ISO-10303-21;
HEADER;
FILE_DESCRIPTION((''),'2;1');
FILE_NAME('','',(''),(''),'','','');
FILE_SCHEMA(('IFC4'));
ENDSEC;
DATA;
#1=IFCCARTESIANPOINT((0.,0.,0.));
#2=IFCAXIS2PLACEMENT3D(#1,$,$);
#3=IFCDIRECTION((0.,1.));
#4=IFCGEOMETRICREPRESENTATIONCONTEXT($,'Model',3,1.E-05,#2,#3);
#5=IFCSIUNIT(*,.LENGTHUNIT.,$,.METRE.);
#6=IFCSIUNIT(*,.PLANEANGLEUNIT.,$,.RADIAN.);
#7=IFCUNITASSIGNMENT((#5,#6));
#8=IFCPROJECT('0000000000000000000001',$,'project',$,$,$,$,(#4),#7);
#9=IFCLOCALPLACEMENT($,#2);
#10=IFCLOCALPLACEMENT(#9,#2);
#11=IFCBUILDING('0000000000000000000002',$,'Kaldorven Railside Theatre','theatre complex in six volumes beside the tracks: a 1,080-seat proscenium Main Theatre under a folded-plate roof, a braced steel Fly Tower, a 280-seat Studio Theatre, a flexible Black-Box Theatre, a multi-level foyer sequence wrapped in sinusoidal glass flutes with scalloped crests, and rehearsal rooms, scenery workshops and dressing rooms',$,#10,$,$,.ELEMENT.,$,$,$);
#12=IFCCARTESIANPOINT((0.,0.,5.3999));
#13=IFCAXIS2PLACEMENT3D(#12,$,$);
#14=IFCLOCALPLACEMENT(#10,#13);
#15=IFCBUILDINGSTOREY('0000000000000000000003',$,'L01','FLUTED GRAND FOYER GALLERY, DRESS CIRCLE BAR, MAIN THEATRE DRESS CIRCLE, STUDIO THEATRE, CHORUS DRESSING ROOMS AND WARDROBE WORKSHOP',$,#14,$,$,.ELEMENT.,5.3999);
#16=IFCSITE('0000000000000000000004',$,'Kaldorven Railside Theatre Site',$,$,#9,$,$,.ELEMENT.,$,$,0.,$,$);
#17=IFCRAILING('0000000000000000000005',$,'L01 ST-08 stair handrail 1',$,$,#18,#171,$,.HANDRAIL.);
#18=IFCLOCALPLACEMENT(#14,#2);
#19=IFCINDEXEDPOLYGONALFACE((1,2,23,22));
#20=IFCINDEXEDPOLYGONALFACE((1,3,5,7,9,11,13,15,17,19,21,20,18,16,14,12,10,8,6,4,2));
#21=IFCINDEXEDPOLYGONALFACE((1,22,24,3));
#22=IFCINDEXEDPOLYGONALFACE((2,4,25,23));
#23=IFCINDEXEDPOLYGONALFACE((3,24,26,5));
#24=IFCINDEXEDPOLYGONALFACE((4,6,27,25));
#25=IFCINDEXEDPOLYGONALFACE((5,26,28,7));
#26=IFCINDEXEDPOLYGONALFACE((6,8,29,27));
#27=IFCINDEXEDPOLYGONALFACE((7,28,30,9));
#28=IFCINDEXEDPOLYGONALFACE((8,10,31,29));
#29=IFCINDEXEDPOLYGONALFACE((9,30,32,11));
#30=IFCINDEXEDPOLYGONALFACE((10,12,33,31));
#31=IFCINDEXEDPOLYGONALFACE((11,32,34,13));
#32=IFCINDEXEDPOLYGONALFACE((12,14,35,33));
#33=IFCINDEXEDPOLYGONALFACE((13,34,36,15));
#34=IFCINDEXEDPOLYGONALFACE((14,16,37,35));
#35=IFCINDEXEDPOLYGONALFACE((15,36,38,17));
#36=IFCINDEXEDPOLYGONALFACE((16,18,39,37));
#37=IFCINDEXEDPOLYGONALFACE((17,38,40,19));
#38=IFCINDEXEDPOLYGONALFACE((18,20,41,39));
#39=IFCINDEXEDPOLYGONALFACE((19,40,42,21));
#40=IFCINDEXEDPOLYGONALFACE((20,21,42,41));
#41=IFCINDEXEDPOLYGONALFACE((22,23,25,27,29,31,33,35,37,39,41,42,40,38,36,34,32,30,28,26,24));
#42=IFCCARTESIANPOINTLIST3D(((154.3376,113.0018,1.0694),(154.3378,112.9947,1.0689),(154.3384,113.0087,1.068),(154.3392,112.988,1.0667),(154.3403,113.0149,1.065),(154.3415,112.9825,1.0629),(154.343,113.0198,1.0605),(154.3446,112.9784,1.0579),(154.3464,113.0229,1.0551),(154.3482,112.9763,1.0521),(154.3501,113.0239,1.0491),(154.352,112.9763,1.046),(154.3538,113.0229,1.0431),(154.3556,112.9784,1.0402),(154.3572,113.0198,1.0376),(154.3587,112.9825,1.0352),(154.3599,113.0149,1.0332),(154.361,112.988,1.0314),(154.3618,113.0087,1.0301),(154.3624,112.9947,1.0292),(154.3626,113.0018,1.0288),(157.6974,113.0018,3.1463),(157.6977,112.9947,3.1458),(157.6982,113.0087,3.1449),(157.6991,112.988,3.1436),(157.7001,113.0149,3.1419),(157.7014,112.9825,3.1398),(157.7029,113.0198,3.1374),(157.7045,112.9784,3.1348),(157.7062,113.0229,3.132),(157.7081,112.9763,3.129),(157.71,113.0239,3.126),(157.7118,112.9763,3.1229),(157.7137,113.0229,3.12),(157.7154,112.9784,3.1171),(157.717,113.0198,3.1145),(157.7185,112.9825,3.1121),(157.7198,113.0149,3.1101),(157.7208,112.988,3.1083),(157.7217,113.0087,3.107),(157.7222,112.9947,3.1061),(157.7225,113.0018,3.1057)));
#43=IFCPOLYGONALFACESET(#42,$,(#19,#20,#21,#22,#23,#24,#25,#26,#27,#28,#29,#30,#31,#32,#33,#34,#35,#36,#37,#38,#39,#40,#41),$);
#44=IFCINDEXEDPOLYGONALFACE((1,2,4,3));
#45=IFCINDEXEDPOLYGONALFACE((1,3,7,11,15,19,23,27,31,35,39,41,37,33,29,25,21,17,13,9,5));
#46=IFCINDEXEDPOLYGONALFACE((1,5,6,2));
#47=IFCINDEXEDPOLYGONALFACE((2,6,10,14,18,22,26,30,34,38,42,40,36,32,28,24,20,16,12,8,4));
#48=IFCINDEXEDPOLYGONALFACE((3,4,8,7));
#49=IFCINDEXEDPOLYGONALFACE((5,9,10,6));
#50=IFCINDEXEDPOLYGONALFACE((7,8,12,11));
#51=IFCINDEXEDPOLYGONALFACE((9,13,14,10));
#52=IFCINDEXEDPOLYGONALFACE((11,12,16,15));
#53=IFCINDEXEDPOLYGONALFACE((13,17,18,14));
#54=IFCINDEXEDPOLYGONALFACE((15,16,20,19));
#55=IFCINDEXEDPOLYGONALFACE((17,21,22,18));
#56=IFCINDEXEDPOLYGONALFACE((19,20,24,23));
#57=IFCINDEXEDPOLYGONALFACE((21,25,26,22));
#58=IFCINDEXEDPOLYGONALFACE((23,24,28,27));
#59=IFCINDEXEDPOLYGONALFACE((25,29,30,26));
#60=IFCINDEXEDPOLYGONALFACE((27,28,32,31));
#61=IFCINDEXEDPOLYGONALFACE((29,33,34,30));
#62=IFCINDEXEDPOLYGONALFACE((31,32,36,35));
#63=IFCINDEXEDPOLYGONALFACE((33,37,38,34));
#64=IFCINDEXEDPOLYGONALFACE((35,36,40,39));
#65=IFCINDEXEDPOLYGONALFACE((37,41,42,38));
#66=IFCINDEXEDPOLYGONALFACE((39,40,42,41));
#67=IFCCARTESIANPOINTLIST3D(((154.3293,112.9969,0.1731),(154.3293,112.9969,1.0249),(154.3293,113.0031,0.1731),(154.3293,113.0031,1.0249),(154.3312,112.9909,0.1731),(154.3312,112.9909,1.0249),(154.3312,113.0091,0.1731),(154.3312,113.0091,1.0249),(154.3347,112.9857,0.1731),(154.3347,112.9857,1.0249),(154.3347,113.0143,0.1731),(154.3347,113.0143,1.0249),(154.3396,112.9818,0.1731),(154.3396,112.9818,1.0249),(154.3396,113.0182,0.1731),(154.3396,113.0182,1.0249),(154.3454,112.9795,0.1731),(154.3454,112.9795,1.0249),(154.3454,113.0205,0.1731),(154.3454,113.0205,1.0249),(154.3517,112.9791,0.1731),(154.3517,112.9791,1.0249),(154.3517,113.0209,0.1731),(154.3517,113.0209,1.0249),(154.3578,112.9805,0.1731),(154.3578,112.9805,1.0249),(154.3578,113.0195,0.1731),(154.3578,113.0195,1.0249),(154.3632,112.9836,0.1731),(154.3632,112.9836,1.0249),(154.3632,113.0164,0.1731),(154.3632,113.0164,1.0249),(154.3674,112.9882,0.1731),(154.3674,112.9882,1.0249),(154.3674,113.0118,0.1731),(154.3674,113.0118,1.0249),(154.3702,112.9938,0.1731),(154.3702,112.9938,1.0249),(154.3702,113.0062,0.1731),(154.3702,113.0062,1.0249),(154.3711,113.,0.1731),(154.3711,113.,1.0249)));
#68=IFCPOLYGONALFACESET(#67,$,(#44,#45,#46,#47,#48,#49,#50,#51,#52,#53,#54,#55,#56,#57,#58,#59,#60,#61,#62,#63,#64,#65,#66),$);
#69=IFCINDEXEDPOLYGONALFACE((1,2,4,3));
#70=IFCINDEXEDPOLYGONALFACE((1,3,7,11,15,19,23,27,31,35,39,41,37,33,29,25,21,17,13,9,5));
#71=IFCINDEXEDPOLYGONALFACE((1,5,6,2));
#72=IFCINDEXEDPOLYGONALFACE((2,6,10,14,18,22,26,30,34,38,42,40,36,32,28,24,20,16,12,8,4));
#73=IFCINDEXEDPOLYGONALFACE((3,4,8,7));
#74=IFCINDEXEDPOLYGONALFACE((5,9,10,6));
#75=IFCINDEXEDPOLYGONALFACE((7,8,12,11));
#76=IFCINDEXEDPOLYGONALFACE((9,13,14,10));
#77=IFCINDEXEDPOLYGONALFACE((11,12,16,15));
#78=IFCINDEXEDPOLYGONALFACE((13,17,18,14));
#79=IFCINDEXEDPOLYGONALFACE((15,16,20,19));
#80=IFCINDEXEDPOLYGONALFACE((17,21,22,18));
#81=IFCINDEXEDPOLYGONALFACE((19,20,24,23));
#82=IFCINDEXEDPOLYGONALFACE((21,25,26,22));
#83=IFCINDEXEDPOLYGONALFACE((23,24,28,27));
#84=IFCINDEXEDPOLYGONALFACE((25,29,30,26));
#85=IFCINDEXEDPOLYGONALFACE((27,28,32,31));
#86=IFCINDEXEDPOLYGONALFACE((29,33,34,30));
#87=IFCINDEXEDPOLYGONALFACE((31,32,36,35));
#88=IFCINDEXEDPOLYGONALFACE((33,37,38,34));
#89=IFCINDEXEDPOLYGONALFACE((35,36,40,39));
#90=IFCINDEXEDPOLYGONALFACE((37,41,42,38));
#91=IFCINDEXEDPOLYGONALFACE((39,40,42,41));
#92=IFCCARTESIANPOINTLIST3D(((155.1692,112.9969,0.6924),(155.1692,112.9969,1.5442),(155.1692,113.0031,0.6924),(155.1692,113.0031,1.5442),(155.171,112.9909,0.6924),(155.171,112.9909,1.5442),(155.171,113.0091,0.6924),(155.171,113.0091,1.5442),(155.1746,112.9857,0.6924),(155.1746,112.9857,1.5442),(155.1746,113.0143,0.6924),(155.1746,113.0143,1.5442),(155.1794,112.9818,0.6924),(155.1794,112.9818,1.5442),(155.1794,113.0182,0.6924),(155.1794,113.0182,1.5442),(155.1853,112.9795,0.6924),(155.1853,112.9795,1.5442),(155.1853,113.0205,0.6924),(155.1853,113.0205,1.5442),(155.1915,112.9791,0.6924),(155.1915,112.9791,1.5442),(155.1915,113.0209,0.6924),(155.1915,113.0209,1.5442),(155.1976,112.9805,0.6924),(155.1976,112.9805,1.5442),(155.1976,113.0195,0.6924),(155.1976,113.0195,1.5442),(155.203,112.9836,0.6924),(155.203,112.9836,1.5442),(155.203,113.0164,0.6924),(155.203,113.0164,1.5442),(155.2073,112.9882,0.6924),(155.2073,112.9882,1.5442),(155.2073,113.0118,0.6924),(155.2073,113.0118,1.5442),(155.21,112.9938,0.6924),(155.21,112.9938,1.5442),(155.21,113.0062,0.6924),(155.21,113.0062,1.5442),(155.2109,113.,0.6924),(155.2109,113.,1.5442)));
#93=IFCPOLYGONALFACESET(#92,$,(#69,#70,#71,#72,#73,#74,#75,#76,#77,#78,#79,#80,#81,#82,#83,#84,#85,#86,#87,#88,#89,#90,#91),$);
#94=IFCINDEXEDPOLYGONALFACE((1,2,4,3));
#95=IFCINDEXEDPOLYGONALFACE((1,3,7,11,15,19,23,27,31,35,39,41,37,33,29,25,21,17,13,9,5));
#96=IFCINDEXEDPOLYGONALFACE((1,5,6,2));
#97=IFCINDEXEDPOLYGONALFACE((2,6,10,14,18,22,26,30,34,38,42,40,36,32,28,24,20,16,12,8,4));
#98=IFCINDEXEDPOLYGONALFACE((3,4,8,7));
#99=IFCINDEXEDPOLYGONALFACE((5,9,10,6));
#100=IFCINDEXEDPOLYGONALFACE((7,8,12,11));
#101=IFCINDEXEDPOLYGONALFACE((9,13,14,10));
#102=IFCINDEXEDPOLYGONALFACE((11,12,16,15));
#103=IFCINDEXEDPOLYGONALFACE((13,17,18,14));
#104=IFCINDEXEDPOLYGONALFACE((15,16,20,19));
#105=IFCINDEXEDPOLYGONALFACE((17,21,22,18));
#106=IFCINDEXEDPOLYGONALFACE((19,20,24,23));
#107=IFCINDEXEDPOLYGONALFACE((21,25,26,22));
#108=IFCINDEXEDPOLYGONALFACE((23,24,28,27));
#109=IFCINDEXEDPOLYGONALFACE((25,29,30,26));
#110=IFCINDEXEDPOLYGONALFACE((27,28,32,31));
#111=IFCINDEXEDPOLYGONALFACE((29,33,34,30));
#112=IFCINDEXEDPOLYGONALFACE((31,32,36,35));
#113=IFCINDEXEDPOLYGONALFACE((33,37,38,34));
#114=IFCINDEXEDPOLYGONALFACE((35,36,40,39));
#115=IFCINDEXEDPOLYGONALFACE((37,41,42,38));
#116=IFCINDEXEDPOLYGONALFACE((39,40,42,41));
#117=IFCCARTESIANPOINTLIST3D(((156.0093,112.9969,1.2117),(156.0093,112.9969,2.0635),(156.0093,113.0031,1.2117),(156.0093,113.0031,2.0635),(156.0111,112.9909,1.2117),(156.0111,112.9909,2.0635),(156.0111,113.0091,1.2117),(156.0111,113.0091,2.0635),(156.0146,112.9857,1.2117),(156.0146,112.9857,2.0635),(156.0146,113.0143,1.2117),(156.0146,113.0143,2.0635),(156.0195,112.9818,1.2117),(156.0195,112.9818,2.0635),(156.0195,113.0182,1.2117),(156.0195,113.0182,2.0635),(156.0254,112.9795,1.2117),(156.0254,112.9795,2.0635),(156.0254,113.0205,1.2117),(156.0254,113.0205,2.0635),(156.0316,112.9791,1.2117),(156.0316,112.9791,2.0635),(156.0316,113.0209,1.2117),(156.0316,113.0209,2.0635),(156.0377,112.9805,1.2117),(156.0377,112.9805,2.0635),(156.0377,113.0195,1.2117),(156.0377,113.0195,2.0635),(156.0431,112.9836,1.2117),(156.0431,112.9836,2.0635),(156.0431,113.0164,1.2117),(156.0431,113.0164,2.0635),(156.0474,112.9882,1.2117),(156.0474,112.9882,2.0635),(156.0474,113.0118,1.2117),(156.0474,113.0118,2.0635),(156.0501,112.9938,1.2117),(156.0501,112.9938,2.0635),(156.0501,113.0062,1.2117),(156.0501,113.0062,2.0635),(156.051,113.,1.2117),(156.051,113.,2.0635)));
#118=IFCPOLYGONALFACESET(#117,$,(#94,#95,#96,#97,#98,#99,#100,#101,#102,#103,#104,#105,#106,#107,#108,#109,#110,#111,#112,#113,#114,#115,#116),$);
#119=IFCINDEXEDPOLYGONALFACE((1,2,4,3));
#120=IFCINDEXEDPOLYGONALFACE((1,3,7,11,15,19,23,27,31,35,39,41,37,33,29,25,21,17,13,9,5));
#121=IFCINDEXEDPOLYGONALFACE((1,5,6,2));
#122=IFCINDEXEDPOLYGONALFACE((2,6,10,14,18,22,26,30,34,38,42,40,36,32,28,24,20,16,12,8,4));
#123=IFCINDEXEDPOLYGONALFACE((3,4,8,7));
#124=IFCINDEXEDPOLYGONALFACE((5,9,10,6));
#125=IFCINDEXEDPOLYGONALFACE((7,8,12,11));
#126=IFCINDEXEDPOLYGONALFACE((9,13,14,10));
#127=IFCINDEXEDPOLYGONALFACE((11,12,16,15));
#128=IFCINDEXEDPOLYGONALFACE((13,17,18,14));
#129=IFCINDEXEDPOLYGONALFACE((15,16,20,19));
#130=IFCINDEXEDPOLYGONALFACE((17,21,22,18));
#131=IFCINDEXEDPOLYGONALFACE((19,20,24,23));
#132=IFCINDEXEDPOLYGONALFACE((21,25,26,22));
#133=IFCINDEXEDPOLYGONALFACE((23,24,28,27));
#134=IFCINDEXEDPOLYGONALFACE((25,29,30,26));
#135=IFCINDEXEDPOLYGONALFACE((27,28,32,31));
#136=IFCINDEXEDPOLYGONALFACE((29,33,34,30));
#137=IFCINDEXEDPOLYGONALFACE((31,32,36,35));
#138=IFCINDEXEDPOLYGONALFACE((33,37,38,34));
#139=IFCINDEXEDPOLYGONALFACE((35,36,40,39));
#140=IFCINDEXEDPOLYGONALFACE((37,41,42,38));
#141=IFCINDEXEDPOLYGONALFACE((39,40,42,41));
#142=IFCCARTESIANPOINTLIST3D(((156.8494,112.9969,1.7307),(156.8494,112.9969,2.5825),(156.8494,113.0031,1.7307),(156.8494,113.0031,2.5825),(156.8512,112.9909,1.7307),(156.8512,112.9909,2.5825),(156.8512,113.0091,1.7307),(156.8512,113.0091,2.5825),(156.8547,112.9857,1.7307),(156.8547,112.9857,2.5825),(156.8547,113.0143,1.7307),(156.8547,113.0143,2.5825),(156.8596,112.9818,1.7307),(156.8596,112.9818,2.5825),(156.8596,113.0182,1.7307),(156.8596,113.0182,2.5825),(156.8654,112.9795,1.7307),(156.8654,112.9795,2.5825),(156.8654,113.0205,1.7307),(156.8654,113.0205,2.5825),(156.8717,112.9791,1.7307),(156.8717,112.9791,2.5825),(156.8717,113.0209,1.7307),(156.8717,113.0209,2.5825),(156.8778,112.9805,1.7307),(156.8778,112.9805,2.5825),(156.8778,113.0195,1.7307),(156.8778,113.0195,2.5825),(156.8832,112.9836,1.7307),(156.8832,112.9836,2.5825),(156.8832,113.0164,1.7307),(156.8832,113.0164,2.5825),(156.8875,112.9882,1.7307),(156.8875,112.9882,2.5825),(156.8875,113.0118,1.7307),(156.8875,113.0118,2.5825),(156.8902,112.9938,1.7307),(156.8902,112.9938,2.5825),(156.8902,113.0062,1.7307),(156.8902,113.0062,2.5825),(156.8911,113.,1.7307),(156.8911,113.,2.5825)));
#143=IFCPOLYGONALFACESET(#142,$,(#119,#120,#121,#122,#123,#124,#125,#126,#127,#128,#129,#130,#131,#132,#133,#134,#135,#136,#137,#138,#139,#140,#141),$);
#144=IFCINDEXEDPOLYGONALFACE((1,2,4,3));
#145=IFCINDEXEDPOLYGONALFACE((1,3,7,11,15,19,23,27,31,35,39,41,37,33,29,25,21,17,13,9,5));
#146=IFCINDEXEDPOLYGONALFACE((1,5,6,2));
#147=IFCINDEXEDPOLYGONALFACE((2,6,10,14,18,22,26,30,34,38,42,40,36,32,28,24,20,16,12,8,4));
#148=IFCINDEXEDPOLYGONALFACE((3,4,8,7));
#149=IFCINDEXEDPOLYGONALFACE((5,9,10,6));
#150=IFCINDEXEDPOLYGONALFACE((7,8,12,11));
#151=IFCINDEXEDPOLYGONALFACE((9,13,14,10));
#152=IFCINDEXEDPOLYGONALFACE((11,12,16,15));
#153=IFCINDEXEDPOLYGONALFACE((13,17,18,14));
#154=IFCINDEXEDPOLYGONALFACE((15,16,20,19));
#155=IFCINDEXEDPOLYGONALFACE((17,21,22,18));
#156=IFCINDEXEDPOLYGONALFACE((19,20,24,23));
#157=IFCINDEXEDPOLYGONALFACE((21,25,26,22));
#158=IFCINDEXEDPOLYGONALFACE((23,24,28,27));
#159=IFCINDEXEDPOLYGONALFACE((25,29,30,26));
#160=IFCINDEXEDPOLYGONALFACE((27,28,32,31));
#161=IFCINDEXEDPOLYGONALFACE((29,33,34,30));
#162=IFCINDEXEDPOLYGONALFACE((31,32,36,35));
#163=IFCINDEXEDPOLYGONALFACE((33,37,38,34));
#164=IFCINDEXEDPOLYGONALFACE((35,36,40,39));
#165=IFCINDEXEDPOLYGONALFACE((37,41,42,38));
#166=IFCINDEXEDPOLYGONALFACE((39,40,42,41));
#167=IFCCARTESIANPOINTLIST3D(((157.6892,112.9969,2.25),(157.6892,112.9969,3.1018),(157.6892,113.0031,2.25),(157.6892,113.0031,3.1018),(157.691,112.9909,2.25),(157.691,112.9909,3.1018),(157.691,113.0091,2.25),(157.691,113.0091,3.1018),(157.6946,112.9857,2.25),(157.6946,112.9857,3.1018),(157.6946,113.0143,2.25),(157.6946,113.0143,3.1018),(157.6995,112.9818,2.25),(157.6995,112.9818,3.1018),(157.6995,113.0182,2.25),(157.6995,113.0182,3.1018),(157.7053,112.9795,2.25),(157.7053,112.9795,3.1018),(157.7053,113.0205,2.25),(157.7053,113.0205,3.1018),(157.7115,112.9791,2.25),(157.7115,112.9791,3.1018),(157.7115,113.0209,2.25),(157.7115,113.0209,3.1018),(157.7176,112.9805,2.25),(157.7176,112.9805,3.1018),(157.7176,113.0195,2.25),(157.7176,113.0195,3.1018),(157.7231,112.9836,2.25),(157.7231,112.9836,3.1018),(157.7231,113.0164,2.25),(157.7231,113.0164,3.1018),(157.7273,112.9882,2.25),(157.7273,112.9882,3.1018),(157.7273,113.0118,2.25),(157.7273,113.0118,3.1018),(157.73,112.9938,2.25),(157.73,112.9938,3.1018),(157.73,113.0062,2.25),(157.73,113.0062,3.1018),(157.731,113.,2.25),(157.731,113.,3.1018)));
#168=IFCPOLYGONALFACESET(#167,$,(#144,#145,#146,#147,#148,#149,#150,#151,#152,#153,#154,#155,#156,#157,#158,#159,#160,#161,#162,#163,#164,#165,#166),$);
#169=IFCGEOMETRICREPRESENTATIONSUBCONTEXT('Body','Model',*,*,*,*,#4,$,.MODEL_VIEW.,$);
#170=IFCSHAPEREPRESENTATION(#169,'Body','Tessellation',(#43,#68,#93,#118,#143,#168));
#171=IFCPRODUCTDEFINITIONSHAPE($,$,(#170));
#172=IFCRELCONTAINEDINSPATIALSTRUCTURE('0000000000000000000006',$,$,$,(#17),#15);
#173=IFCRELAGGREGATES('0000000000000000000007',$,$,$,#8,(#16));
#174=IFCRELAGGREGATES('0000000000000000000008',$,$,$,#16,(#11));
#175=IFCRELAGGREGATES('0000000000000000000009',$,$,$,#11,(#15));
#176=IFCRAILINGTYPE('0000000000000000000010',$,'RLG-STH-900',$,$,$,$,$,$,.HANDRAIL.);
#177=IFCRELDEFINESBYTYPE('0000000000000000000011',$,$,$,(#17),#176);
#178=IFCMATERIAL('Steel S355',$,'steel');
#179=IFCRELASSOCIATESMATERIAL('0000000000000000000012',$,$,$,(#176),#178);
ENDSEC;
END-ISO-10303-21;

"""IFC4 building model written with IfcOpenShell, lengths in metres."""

from ifc_helpers import new_model, si_unit, direction, frame, origin, origin_2d, place, context, subcontext, project, spatial, circle, extrude, material, type_object, element, save


model = new_model("IFC4")

# Units and contexts
model_context = context("Model", 3, precision=1e-05, world=origin(), true_north=direction((0.0, 1.0)))
body_context = subcontext(model_context, "Body", "Model", "MODEL_VIEW")
ifc_project = project(units=[si_unit("LENGTHUNIT", "METRE"), si_unit("PLANEANGLEUNIT", "RADIAN")], contexts=[model_context])

# Site, building, storey
site_placement = place(None, origin())
site = spatial("IfcSite", under=ifc_project, at=site_placement, Name="Kaldorven Railside Theatre Site", CompositionType="ELEMENT", RefElevation=0.0)
building_placement = place(site_placement, origin())
building = spatial("IfcBuilding", under=site, at=building_placement, Name="Kaldorven Railside Theatre", Description="theatre complex in six volumes beside the tracks: a 1,080-seat proscenium Main Theatre under a folded-plate roof, a braced steel Fly Tower, a 280-seat Studio Theatre, a flexible Black-Box Theatre, a multi-level foyer sequence wrapped in sinusoidal glass flutes with scalloped crests, and rehearsal rooms, scenery workshops and dressing rooms", CompositionType="ELEMENT")
storey_placement = place(building_placement, frame((0.0, 0.0, 5.3999)))
storey = spatial("IfcBuildingStorey", under=building, at=storey_placement, Name="L01", Description="FLUTED GRAND FOYER GALLERY, DRESS CIRCLE BAR, MAIN THEATRE DRESS CIRCLE, STUDIO THEATRE, CHORUS DRESSING ROOMS AND WARDROBE WORKSHOP", CompositionType="ELEMENT", Elevation=5.3999)

# Shared definitions
ifc_material_1 = material(Name="Steel S355", Category="steel")

# Railing
railing_type_1 = type_object("IfcRailingType", Name="RLG-STH-900", PredefinedType="HANDRAIL", material=ifc_material_1)
railing_1_placement = place(storey_placement, frame((154.3501, 113.0, 0.1731)))
element("IfcRailing", 1, at=railing_1_placement, inside=storey, type_object=railing_type_1, Name="L01 ST-08 stair handrail 1", PredefinedType="HANDRAIL", context=body_context, shape_type="SweptSolid", body=[
    extrude(circle(Radius=0.0239, at=origin_2d()), frame((0.0, 0.0, 0.876), z_axis=(0.850606, 0.0, 0.525803), x_axis=(0.0, 1.0, 0.0)), (0.0, 0.0, 1.0), 3.95),
    extrude(circle(Radius=0.021, at=origin_2d()), origin(), (0.0, 0.0, 1.0), 0.8518),
    extrude(circle(Radius=0.021, at=origin_2d()), frame((0.8398, 0.0, 0.5193)), (0.0, 0.0, 1.0), 0.8518),
    extrude(circle(Radius=0.021, at=origin_2d()), frame((1.6799, 0.0, 1.0386)), (0.0, 0.0, 1.0), 0.8518),
    extrude(circle(Radius=0.021, at=origin_2d()), frame((2.52, 0.0, 1.5576)), (0.0, 0.0, 1.0), 0.8518),
    extrude(circle(Radius=0.021, at=origin_2d()), frame((3.3599, 0.0, 2.0769)), (0.0, 0.0, 1.0), 0.8518),
])

save(model, "model.ifc")
